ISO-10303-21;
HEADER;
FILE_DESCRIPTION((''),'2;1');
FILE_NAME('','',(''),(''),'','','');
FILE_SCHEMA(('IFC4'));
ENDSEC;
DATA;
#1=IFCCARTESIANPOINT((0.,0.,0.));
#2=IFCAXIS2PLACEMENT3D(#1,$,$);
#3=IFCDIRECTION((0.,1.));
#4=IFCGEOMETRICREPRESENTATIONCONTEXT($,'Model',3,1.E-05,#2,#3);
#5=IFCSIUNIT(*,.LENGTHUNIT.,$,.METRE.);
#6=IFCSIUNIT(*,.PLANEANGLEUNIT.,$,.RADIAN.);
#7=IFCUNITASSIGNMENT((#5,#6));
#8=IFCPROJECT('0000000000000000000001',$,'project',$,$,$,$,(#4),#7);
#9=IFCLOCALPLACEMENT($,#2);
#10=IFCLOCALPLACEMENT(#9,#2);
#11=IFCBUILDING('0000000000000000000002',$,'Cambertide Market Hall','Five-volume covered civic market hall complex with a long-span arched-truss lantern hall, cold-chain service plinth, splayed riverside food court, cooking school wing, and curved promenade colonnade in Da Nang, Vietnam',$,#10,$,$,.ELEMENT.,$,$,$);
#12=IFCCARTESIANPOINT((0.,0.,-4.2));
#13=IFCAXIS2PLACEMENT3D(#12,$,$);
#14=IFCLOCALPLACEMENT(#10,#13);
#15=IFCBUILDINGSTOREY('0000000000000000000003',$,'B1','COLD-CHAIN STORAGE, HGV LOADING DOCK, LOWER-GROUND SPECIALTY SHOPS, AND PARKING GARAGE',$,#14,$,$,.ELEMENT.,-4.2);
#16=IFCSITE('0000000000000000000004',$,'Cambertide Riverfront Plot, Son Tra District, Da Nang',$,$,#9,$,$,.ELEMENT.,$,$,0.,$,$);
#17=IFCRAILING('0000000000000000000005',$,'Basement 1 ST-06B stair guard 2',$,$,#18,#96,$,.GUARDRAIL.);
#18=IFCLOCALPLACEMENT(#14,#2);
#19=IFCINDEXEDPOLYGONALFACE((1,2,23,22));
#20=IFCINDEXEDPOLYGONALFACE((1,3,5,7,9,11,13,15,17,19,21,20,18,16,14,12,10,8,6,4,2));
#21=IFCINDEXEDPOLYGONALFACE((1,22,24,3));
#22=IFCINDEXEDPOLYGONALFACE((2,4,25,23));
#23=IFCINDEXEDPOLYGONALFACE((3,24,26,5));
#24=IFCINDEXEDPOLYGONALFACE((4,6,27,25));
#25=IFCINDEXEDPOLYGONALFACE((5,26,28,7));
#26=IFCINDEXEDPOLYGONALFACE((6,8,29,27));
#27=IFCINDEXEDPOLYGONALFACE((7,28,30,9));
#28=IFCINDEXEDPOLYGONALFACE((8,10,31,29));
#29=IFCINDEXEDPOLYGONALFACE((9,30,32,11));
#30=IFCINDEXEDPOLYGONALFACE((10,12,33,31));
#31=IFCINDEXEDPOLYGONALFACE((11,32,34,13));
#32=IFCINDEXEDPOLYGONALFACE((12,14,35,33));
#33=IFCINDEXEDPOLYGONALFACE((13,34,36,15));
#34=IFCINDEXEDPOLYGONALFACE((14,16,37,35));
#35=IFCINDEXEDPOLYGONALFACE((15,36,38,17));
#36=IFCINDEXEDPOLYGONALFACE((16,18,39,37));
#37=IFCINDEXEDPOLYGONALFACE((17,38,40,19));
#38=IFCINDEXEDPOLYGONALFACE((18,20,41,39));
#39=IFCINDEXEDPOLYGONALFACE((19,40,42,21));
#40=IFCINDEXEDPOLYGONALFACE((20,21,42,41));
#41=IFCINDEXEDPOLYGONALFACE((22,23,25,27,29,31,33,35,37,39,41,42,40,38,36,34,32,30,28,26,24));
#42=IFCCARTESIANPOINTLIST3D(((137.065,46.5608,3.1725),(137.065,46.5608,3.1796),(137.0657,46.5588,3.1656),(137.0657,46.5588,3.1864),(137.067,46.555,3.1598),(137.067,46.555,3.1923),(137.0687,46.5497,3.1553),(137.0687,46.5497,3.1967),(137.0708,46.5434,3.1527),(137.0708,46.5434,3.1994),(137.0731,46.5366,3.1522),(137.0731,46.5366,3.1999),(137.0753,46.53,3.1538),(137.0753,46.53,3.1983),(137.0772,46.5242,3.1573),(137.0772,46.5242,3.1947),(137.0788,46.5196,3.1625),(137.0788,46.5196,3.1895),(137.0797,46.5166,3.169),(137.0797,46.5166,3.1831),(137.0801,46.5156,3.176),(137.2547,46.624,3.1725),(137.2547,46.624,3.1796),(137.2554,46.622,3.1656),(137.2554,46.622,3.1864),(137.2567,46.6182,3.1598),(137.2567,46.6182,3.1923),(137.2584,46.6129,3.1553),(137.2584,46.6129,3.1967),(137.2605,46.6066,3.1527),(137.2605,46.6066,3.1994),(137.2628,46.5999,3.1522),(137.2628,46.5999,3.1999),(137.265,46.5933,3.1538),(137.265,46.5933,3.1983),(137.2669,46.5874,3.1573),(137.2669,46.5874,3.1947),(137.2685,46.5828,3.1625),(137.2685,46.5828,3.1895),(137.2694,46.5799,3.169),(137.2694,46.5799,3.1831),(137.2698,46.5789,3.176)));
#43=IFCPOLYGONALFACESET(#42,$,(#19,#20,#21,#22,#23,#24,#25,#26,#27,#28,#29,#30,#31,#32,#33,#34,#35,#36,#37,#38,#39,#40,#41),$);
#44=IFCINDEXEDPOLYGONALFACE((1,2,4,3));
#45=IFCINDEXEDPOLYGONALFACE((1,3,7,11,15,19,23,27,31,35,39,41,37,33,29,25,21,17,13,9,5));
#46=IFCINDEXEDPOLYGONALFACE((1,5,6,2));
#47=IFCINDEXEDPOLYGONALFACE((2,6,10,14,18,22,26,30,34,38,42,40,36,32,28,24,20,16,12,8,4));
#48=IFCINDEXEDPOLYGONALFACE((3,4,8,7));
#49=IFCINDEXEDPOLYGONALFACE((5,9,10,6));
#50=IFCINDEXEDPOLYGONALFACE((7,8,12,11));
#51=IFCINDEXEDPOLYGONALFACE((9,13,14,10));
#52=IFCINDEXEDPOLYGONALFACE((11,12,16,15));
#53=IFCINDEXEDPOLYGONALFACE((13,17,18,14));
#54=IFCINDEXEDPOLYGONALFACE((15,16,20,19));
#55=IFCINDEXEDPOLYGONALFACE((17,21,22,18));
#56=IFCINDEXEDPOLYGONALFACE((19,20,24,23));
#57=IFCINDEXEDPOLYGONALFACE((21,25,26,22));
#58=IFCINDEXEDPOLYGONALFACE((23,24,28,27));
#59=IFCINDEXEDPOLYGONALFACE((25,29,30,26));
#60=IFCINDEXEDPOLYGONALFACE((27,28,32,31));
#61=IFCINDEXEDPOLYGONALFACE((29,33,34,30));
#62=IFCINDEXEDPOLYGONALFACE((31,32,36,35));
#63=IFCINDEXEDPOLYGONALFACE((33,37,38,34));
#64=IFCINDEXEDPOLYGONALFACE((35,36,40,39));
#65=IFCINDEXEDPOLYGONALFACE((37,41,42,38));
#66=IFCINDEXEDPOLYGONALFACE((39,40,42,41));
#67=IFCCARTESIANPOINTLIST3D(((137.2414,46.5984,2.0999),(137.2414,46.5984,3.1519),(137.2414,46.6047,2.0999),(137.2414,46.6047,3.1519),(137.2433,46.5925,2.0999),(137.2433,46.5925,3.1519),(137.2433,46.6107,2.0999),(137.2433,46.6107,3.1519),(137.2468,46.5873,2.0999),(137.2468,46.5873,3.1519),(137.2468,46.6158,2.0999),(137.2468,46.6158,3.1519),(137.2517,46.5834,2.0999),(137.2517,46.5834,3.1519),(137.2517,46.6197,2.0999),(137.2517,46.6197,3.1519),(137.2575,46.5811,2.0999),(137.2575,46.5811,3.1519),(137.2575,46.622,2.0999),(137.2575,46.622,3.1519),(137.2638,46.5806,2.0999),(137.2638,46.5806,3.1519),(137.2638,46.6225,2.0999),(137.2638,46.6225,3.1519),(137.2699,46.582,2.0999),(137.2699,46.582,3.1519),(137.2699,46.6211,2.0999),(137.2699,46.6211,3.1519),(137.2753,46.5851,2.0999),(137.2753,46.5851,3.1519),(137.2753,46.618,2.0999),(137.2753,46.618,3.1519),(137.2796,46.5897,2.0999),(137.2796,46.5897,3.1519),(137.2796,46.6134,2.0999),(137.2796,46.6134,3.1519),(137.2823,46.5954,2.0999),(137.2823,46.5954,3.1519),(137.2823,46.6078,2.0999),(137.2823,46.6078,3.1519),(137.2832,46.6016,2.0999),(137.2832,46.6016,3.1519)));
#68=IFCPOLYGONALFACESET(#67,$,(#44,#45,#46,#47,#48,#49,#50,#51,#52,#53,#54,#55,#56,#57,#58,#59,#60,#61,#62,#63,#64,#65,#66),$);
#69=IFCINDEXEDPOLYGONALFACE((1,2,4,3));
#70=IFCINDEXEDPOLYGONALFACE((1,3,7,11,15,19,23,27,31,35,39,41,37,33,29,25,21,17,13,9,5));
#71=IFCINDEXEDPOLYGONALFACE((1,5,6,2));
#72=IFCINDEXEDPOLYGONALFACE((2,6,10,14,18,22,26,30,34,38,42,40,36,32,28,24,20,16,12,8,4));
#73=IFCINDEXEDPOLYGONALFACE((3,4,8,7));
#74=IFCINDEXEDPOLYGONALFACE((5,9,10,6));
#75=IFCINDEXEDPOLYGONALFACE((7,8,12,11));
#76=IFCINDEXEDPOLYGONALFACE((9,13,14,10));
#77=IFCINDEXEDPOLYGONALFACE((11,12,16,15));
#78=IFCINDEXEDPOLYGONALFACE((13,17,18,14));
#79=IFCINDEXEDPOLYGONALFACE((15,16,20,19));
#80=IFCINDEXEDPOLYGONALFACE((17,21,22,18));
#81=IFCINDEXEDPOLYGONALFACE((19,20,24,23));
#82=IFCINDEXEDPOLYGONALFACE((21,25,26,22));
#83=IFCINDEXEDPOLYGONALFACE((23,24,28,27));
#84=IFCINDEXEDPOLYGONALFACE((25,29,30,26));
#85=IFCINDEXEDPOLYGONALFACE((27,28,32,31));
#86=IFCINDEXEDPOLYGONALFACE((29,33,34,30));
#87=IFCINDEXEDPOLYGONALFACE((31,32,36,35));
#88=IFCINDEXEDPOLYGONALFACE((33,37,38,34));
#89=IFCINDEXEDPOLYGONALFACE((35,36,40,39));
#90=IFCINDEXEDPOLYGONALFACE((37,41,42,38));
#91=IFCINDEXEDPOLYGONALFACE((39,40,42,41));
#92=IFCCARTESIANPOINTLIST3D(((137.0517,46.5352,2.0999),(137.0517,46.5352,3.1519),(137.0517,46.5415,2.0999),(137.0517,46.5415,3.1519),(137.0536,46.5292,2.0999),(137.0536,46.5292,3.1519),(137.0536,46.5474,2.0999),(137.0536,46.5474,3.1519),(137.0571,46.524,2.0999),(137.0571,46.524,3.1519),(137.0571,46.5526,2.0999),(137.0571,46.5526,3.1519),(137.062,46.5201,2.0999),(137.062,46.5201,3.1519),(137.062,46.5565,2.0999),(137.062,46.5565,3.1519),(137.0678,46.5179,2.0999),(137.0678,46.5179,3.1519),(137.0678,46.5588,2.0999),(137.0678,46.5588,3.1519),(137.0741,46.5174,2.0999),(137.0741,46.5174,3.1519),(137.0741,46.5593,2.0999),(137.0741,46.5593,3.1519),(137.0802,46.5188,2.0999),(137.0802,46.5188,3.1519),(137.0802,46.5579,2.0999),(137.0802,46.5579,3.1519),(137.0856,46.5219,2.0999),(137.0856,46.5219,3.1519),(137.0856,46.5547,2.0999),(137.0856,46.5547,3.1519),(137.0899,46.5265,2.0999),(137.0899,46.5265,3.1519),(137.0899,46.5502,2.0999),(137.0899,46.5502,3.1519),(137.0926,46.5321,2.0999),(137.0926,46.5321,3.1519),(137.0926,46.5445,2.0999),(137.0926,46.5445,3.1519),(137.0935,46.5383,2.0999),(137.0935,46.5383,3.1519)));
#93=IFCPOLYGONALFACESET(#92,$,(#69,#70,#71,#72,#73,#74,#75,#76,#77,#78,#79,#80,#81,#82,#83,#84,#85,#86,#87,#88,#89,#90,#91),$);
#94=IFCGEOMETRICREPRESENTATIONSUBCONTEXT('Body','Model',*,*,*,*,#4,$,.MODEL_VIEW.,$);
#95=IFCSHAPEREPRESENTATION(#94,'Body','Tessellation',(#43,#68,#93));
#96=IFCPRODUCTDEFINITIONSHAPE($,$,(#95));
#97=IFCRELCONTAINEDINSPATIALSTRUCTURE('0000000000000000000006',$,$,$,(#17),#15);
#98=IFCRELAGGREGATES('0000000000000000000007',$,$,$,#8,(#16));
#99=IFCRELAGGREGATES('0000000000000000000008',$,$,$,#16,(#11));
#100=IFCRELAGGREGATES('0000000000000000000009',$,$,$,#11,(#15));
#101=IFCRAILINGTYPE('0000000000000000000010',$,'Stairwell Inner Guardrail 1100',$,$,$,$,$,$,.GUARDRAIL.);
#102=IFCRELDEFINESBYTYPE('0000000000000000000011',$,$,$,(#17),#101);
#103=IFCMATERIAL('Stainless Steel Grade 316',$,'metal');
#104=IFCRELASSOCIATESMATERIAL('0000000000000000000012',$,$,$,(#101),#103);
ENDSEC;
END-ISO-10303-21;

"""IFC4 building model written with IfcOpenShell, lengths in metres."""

from ifc_helpers import new_model, si_unit, direction, frame, origin, origin_2d, place, context, subcontext, project, spatial, circle, extrude, material, type_object, element, save


model = new_model("IFC4")

# Units and contexts
model_context = context("Model", 3, precision=1e-05, world=origin(), true_north=direction((0.0, 1.0)))
body_context = subcontext(model_context, "Body", "Model", "MODEL_VIEW")
ifc_project = project(units=[si_unit("LENGTHUNIT", "METRE"), si_unit("PLANEANGLEUNIT", "RADIAN")], contexts=[model_context])

# Site, building, storey
site_placement = place(None, origin())
site = spatial("IfcSite", under=ifc_project, at=site_placement, Name="Cambertide Riverfront Plot, Son Tra District, Da Nang", CompositionType="ELEMENT", RefElevation=0.0)
building_placement = place(site_placement, origin())
building = spatial("IfcBuilding", under=site, at=building_placement, Name="Cambertide Market Hall", Description="Five-volume covered civic market hall complex with a long-span arched-truss lantern hall, cold-chain service plinth, splayed riverside food court, cooking school wing, and curved promenade colonnade in Da Nang, Vietnam", CompositionType="ELEMENT")
storey_placement = place(building_placement, frame((0.0, 0.0, -4.2)))
storey = spatial("IfcBuildingStorey", under=building, at=storey_placement, Name="B1", Description="COLD-CHAIN STORAGE, HGV LOADING DOCK, LOWER-GROUND SPECIALTY SHOPS, AND PARKING GARAGE", CompositionType="ELEMENT", Elevation=-4.2)

# Railing
ifc_material_1 = material(Name="Stainless Steel Grade 316", Category="metal")
railing_type_1 = type_object("IfcRailingType", Name="Stairwell Inner Guardrail 1100", PredefinedType="GUARDRAIL", material=ifc_material_1)
railing_1_placement = place(storey_placement, frame((137.2622, 46.6016, 2.0999)))
element("IfcRailing", 1, at=railing_1_placement, inside=storey, type_object=railing_type_1, Name="Basement 1 ST-06B stair guard 2", PredefinedType="GUARDRAIL", context=body_context, shape_type="SweptSolid", body=[
    extrude(circle(Radius=0.0239, at=origin_2d()), frame((0.0, 0.0, 1.0762), z_axis=(-0.948683, -0.316228, 0.0), x_axis=(0.316228, -0.948683, 0.0)), (0.0, 0.0, 1.0), 0.2),
    extrude(circle(Radius=0.021, at=origin_2d()), origin(), (0.0, 0.0, 1.0), 1.052),
    extrude(circle(Radius=0.021, at=origin_2d()), frame((-0.1897, -0.0632, 0.0)), (0.0, 0.0, 1.0), 1.052),
])

save(model, "model.ifc")
